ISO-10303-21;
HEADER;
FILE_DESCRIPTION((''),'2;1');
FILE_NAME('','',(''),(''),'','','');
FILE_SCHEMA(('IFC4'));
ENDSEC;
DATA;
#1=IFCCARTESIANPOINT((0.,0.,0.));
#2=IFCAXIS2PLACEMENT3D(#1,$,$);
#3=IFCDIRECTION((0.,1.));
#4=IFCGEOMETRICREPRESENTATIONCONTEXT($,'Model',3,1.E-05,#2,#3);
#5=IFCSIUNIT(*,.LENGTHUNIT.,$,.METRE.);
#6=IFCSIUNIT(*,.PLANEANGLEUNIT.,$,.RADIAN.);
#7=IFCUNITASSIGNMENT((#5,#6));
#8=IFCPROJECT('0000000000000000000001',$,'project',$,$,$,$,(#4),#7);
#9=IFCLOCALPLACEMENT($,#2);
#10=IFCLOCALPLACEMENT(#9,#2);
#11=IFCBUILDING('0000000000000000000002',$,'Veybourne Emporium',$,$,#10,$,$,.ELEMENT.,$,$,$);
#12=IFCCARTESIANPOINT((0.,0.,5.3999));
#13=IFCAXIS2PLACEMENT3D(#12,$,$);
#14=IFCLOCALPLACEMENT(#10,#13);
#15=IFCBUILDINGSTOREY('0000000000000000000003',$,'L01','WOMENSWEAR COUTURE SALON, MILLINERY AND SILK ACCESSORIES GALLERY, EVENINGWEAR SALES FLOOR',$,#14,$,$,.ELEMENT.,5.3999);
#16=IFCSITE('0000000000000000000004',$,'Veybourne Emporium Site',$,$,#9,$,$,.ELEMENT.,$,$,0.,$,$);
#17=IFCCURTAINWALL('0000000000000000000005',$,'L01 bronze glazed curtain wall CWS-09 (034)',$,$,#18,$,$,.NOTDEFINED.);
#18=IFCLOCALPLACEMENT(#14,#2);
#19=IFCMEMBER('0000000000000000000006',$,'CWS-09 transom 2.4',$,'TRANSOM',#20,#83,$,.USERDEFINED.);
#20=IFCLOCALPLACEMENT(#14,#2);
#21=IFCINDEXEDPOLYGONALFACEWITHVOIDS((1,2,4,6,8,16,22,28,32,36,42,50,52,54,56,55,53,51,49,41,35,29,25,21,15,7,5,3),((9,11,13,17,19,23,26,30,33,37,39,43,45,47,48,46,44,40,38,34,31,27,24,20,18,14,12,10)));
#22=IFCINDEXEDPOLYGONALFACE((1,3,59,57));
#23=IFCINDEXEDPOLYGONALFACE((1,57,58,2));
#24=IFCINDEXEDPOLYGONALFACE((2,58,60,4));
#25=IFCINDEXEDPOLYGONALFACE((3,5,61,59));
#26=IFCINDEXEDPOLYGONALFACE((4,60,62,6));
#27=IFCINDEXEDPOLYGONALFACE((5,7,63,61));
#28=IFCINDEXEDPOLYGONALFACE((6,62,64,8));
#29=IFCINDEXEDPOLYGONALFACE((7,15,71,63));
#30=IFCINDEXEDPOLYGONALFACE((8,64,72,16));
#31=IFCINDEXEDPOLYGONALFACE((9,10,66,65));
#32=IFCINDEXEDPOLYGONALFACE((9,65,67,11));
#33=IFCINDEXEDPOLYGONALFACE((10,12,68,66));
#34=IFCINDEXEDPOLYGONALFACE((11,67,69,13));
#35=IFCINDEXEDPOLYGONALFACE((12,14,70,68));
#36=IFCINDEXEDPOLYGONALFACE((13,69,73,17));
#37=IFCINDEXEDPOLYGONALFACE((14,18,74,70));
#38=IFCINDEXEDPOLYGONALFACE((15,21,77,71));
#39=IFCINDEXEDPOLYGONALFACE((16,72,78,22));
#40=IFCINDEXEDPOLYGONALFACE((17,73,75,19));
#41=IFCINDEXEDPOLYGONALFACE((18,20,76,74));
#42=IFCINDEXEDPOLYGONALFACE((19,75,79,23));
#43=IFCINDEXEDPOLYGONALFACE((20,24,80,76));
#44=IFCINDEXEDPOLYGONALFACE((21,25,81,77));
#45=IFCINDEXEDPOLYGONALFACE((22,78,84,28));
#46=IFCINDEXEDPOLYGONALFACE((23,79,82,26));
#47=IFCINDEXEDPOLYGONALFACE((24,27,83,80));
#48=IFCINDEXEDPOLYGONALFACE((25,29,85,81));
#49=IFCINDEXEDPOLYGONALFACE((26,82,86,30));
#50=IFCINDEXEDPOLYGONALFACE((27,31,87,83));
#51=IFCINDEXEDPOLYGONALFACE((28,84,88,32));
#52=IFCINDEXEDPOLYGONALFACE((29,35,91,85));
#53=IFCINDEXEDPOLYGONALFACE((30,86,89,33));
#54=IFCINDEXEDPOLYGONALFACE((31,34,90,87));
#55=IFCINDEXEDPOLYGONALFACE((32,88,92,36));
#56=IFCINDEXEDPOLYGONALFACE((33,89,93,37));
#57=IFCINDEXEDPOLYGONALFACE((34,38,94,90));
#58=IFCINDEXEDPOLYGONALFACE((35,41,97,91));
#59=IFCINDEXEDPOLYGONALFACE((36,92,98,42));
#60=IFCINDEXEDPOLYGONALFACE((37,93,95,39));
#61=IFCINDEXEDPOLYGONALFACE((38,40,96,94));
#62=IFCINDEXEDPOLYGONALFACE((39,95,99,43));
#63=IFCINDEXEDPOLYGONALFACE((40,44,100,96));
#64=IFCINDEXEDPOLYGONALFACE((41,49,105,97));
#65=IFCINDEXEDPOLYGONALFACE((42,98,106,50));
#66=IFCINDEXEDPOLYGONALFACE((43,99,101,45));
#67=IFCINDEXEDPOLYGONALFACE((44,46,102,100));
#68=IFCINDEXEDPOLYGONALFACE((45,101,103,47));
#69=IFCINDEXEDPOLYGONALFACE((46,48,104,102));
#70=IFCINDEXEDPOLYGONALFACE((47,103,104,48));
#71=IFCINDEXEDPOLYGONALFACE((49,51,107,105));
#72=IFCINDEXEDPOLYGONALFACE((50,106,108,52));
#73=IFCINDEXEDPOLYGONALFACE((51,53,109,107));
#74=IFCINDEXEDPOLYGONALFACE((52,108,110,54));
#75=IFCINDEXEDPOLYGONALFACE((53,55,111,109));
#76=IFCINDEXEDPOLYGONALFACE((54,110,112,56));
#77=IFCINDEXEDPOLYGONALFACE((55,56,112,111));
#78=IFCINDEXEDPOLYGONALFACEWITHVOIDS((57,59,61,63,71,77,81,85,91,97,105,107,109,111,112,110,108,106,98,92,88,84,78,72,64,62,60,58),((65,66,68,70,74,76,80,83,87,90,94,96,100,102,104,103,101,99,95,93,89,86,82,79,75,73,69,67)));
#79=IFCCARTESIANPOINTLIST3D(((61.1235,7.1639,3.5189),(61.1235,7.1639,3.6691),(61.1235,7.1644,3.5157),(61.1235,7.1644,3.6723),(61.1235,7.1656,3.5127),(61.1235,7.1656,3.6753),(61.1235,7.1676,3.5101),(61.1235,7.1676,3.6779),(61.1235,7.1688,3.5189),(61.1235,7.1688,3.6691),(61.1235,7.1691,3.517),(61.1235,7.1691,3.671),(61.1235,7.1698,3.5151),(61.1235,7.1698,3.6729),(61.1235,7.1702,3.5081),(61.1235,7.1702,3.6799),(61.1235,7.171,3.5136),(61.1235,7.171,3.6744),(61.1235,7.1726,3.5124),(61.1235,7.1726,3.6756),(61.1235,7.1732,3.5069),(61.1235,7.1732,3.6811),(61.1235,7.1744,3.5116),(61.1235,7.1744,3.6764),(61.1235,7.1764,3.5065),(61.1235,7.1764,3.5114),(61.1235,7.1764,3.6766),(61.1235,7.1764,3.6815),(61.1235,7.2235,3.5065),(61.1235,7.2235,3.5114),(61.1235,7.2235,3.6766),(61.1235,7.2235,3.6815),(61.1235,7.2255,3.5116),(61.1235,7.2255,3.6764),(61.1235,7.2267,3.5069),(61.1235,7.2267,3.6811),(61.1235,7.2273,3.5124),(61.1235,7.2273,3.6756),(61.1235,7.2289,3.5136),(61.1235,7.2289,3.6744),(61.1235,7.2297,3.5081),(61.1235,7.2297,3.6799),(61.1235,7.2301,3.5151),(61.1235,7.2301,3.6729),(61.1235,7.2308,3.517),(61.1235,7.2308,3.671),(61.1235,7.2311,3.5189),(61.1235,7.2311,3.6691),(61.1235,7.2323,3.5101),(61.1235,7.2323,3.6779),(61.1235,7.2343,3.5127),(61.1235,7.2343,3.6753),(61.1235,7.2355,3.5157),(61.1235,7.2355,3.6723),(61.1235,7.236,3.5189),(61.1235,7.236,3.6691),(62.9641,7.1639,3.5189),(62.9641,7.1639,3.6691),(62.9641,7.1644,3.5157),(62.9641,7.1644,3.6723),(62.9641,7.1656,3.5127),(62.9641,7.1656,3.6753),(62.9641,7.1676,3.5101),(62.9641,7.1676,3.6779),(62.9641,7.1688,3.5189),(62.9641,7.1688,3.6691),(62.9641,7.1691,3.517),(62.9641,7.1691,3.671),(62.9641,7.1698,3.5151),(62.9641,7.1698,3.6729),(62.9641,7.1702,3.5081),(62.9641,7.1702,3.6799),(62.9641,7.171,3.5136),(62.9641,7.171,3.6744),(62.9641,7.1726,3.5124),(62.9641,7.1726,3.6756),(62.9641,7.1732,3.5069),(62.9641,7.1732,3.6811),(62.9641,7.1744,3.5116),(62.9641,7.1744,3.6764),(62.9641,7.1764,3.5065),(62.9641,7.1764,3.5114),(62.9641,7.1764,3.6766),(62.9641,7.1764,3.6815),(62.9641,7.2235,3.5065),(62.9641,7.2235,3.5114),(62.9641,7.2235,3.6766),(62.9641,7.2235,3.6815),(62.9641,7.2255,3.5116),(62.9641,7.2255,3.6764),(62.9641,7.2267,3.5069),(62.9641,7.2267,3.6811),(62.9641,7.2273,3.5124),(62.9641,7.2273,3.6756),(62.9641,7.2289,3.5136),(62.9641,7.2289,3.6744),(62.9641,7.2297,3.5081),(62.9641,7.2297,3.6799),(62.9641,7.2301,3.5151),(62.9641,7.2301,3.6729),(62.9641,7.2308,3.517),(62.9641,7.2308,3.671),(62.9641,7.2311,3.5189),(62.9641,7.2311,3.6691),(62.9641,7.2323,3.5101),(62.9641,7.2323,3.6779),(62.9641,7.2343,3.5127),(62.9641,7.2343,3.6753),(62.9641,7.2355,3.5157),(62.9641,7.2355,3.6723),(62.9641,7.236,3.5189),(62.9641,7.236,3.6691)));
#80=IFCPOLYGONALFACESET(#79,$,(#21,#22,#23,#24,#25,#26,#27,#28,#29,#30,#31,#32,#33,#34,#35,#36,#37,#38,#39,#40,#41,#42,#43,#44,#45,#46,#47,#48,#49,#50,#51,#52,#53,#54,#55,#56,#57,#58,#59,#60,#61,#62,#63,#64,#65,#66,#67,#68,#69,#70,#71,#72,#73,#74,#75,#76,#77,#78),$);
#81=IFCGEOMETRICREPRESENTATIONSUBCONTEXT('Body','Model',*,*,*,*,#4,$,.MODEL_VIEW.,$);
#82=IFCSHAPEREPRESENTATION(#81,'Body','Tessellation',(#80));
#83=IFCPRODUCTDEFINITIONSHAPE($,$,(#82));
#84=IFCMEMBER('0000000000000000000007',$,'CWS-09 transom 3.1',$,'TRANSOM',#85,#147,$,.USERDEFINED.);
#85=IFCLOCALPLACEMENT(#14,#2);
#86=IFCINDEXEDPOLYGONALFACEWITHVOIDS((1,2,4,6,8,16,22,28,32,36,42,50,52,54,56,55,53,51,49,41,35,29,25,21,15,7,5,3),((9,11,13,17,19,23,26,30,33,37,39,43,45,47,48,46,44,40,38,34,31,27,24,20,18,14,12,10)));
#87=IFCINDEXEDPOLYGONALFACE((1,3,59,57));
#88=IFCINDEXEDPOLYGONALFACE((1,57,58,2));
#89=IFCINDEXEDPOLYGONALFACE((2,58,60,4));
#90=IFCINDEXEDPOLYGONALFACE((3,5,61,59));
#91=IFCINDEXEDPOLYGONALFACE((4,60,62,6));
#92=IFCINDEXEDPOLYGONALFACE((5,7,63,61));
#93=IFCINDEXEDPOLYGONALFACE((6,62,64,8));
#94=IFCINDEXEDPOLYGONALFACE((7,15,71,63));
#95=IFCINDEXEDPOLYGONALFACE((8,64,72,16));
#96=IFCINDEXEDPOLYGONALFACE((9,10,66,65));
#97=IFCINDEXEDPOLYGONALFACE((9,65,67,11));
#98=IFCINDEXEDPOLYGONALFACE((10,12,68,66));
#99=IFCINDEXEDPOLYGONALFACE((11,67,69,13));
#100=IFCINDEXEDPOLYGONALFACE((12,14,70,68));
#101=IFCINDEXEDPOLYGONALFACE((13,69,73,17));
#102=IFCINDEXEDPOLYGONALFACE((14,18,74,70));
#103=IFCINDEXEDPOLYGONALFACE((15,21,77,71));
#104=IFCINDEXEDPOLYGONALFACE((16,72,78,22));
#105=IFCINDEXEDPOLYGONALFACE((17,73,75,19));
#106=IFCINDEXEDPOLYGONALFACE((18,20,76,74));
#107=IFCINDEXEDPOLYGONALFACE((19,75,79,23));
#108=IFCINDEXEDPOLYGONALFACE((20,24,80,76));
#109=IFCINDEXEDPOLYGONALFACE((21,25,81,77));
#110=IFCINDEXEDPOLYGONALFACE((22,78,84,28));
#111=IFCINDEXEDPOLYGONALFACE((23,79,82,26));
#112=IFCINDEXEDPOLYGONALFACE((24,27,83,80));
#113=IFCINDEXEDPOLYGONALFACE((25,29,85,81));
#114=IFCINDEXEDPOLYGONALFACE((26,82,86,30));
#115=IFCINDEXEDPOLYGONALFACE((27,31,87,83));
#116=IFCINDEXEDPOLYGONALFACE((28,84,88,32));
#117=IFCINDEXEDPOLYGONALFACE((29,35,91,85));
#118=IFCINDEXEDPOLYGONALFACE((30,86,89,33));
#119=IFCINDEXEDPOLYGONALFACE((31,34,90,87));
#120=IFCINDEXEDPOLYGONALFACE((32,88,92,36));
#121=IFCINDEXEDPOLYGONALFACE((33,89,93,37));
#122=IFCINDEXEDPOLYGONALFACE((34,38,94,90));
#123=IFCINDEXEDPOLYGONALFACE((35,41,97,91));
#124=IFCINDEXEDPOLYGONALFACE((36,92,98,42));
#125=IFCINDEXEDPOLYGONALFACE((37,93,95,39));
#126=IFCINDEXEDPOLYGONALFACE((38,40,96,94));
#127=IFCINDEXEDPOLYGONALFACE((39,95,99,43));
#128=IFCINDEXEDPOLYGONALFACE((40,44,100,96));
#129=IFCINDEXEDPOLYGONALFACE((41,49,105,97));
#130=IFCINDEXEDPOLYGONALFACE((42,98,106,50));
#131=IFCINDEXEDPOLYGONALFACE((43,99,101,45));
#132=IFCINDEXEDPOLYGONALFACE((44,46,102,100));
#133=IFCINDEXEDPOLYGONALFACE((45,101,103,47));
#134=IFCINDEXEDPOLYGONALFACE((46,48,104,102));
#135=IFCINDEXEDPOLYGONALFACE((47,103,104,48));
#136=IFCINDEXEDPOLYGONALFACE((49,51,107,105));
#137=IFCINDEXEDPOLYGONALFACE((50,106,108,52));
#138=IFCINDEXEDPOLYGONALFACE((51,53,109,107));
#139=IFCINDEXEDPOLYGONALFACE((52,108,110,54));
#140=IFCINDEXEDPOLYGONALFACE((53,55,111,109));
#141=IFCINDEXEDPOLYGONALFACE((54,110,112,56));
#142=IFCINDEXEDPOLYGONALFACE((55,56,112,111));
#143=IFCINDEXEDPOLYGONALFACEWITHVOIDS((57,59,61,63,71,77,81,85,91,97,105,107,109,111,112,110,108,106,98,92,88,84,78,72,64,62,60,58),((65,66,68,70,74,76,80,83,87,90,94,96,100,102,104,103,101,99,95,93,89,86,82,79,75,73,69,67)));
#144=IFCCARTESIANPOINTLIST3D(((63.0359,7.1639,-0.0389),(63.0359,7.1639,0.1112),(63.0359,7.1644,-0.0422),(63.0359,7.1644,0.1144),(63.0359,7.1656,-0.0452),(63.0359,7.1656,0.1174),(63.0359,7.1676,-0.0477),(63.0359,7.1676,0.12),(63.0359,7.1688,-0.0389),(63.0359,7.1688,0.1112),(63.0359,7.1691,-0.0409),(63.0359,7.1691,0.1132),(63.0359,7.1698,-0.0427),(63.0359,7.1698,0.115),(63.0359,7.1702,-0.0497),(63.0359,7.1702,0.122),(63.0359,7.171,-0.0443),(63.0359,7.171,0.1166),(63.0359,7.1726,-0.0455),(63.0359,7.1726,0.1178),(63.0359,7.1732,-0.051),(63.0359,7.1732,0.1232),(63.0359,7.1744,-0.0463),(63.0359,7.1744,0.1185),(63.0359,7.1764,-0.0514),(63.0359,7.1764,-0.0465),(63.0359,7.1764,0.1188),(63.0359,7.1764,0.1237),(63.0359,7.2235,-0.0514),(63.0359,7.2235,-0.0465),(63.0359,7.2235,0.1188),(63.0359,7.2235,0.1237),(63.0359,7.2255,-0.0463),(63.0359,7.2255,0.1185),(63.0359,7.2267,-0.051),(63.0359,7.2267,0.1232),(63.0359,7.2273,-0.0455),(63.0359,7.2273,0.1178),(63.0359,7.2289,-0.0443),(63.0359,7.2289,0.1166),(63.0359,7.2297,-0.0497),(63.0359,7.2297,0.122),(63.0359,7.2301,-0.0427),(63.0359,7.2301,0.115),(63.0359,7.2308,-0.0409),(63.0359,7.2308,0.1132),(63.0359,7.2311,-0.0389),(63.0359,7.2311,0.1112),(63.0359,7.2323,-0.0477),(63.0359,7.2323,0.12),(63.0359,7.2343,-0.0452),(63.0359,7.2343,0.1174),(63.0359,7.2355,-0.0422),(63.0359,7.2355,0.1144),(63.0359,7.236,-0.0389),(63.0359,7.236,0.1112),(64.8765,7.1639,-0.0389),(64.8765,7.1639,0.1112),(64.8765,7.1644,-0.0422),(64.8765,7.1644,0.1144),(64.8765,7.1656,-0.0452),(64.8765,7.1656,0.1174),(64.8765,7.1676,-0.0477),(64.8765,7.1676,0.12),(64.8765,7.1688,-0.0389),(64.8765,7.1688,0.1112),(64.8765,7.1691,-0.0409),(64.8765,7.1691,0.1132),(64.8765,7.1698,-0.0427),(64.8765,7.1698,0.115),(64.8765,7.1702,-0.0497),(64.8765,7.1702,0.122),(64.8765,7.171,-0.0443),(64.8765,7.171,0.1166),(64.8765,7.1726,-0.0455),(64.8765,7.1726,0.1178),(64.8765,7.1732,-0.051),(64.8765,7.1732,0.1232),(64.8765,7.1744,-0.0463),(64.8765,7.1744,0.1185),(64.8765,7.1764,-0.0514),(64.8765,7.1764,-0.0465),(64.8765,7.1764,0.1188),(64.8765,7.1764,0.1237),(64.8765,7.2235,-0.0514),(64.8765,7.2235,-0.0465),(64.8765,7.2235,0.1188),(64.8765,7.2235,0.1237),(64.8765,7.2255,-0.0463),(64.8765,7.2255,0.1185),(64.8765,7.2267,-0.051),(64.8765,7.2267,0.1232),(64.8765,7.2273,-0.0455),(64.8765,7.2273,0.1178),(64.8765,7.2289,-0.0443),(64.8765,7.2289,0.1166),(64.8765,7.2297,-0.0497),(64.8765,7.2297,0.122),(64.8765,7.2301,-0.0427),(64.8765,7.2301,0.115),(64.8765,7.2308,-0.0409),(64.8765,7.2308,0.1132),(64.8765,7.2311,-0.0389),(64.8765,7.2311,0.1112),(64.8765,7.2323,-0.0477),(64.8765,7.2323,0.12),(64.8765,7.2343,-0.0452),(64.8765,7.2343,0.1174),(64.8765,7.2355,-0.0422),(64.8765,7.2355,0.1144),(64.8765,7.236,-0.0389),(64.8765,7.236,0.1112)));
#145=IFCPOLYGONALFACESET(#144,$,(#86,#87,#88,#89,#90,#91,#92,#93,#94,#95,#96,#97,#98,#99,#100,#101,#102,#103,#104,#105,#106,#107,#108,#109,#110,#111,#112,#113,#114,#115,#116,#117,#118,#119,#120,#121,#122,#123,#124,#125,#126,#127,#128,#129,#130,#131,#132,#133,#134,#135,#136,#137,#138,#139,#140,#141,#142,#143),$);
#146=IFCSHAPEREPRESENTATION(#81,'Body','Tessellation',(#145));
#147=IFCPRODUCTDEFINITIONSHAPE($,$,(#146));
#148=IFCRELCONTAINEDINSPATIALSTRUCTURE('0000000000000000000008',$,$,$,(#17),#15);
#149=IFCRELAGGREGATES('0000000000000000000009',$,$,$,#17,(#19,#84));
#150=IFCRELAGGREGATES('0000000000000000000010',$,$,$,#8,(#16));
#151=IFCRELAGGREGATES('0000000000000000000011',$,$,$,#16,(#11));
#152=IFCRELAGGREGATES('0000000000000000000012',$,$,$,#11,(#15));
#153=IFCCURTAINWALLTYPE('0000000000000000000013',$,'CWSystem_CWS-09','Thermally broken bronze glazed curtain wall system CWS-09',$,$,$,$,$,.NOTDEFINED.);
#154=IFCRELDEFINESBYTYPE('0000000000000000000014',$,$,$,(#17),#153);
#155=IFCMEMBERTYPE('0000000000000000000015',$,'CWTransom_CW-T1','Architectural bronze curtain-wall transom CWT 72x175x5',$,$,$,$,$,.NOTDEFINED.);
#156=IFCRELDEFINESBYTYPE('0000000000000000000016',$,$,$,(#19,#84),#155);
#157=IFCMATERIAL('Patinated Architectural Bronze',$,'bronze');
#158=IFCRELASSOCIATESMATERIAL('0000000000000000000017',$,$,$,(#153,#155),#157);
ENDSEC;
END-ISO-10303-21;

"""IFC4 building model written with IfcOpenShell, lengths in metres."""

from ifc_helpers import new_model, si_unit, direction, frame, origin, origin_2d, place, context, subcontext, project, spatial, hollow_rectangle, extrude, material, material_profile, profile_set, type_object, element, aggregate, save


model = new_model("IFC4")

# Units and contexts
model_context = context("Model", 3, precision=1e-05, world=origin(), true_north=direction((0.0, 1.0)))
body_context = subcontext(model_context, "Body", "Model", "MODEL_VIEW")
ifc_project = project(units=[si_unit("LENGTHUNIT", "METRE"), si_unit("PLANEANGLEUNIT", "RADIAN")], contexts=[model_context])

# Site, building, storey
site_placement = place(None, origin())
site = spatial("IfcSite", under=ifc_project, at=site_placement, Name="Veybourne Emporium Site", CompositionType="ELEMENT", RefElevation=0.0)
building_placement = place(site_placement, origin())
building = spatial("IfcBuilding", under=site, at=building_placement, Name="Veybourne Emporium", CompositionType="ELEMENT")
storey_placement = place(building_placement, frame((0.0, 0.0, 5.3999)))
storey = spatial("IfcBuildingStorey", under=building, at=storey_placement, Name="L01", Description="WOMENSWEAR COUTURE SALON, MILLINERY AND SILK ACCESSORIES GALLERY, EVENINGWEAR SALES FLOOR", CompositionType="ELEMENT", Elevation=5.3999)

# Curtain wall, members
ifc_material_1 = material(Name="Patinated Architectural Bronze", Category="bronze")
curtain_wall_type = type_object("IfcCurtainWallType", Name="CWSystem_CWS-09", Description="Thermally broken bronze glazed curtain wall system CWS-09", PredefinedType="NOTDEFINED", material=ifc_material_1)
curtain_wall_placement = place(storey_placement, origin())
curtain_wall = element("IfcCurtainWall", 1, at=curtain_wall_placement, inside=storey, type_object=curtain_wall_type, Name="L01 bronze glazed curtain wall CWS-09 (034)", PredefinedType="NOTDEFINED")
ifc_material_profile_1 = material_profile(ifc_material_1, hollow_rectangle(XDim=0.072, YDim=0.175, WallThickness=0.0049, InnerFilletRadius=0.0076, OuterFilletRadius=0.0125, at=origin_2d()), Name="CWT 72x175x5")
ifc_profile_set_1 = profile_set([ifc_material_profile_1], Name="Patinated Architectural Bronze")
member_type_1 = type_object("IfcMemberType", Name="CWTransom_CW-T1", Description="Architectural bronze curtain-wall transom CWT 72x175x5", PredefinedType="NOTDEFINED", material=ifc_profile_set_1)
member_1_placement = place(storey_placement, frame((61.1235, 7.2, 3.594), z_axis=(1.0, 0.0, 0.0), x_axis=(0.0, 1.0, 0.0)))
member_1 = element("IfcMember", 2, at=member_1_placement, type_object=member_type_1, Name="CWS-09 transom 2.4", ObjectType="TRANSOM", PredefinedType="USERDEFINED", context=body_context, shape_type="SweptSolid", body=[
    extrude(hollow_rectangle(XDim=0.072, YDim=0.175, WallThickness=0.0049, InnerFilletRadius=0.0076, OuterFilletRadius=0.0125, at=origin_2d()), origin(), (0.0, 0.0, 1.0), 1.8406),
])
member_2_placement = place(storey_placement, frame((63.0359, 7.2, 0.0361), z_axis=(1.0, 0.0, 0.0), x_axis=(0.0, 1.0, 0.0)))
member_2 = element("IfcMember", 3, at=member_2_placement, type_object=member_type_1, Name="CWS-09 transom 3.1", ObjectType="TRANSOM", PredefinedType="USERDEFINED", context=body_context, shape_type="SweptSolid", body=[
    extrude(hollow_rectangle(XDim=0.072, YDim=0.175, WallThickness=0.0049, InnerFilletRadius=0.0076, OuterFilletRadius=0.0125, at=origin_2d()), origin(), (0.0, 0.0, 1.0), 1.8406),
])
aggregate(curtain_wall, [member_1, member_2])

save(model, "model.ifc")
